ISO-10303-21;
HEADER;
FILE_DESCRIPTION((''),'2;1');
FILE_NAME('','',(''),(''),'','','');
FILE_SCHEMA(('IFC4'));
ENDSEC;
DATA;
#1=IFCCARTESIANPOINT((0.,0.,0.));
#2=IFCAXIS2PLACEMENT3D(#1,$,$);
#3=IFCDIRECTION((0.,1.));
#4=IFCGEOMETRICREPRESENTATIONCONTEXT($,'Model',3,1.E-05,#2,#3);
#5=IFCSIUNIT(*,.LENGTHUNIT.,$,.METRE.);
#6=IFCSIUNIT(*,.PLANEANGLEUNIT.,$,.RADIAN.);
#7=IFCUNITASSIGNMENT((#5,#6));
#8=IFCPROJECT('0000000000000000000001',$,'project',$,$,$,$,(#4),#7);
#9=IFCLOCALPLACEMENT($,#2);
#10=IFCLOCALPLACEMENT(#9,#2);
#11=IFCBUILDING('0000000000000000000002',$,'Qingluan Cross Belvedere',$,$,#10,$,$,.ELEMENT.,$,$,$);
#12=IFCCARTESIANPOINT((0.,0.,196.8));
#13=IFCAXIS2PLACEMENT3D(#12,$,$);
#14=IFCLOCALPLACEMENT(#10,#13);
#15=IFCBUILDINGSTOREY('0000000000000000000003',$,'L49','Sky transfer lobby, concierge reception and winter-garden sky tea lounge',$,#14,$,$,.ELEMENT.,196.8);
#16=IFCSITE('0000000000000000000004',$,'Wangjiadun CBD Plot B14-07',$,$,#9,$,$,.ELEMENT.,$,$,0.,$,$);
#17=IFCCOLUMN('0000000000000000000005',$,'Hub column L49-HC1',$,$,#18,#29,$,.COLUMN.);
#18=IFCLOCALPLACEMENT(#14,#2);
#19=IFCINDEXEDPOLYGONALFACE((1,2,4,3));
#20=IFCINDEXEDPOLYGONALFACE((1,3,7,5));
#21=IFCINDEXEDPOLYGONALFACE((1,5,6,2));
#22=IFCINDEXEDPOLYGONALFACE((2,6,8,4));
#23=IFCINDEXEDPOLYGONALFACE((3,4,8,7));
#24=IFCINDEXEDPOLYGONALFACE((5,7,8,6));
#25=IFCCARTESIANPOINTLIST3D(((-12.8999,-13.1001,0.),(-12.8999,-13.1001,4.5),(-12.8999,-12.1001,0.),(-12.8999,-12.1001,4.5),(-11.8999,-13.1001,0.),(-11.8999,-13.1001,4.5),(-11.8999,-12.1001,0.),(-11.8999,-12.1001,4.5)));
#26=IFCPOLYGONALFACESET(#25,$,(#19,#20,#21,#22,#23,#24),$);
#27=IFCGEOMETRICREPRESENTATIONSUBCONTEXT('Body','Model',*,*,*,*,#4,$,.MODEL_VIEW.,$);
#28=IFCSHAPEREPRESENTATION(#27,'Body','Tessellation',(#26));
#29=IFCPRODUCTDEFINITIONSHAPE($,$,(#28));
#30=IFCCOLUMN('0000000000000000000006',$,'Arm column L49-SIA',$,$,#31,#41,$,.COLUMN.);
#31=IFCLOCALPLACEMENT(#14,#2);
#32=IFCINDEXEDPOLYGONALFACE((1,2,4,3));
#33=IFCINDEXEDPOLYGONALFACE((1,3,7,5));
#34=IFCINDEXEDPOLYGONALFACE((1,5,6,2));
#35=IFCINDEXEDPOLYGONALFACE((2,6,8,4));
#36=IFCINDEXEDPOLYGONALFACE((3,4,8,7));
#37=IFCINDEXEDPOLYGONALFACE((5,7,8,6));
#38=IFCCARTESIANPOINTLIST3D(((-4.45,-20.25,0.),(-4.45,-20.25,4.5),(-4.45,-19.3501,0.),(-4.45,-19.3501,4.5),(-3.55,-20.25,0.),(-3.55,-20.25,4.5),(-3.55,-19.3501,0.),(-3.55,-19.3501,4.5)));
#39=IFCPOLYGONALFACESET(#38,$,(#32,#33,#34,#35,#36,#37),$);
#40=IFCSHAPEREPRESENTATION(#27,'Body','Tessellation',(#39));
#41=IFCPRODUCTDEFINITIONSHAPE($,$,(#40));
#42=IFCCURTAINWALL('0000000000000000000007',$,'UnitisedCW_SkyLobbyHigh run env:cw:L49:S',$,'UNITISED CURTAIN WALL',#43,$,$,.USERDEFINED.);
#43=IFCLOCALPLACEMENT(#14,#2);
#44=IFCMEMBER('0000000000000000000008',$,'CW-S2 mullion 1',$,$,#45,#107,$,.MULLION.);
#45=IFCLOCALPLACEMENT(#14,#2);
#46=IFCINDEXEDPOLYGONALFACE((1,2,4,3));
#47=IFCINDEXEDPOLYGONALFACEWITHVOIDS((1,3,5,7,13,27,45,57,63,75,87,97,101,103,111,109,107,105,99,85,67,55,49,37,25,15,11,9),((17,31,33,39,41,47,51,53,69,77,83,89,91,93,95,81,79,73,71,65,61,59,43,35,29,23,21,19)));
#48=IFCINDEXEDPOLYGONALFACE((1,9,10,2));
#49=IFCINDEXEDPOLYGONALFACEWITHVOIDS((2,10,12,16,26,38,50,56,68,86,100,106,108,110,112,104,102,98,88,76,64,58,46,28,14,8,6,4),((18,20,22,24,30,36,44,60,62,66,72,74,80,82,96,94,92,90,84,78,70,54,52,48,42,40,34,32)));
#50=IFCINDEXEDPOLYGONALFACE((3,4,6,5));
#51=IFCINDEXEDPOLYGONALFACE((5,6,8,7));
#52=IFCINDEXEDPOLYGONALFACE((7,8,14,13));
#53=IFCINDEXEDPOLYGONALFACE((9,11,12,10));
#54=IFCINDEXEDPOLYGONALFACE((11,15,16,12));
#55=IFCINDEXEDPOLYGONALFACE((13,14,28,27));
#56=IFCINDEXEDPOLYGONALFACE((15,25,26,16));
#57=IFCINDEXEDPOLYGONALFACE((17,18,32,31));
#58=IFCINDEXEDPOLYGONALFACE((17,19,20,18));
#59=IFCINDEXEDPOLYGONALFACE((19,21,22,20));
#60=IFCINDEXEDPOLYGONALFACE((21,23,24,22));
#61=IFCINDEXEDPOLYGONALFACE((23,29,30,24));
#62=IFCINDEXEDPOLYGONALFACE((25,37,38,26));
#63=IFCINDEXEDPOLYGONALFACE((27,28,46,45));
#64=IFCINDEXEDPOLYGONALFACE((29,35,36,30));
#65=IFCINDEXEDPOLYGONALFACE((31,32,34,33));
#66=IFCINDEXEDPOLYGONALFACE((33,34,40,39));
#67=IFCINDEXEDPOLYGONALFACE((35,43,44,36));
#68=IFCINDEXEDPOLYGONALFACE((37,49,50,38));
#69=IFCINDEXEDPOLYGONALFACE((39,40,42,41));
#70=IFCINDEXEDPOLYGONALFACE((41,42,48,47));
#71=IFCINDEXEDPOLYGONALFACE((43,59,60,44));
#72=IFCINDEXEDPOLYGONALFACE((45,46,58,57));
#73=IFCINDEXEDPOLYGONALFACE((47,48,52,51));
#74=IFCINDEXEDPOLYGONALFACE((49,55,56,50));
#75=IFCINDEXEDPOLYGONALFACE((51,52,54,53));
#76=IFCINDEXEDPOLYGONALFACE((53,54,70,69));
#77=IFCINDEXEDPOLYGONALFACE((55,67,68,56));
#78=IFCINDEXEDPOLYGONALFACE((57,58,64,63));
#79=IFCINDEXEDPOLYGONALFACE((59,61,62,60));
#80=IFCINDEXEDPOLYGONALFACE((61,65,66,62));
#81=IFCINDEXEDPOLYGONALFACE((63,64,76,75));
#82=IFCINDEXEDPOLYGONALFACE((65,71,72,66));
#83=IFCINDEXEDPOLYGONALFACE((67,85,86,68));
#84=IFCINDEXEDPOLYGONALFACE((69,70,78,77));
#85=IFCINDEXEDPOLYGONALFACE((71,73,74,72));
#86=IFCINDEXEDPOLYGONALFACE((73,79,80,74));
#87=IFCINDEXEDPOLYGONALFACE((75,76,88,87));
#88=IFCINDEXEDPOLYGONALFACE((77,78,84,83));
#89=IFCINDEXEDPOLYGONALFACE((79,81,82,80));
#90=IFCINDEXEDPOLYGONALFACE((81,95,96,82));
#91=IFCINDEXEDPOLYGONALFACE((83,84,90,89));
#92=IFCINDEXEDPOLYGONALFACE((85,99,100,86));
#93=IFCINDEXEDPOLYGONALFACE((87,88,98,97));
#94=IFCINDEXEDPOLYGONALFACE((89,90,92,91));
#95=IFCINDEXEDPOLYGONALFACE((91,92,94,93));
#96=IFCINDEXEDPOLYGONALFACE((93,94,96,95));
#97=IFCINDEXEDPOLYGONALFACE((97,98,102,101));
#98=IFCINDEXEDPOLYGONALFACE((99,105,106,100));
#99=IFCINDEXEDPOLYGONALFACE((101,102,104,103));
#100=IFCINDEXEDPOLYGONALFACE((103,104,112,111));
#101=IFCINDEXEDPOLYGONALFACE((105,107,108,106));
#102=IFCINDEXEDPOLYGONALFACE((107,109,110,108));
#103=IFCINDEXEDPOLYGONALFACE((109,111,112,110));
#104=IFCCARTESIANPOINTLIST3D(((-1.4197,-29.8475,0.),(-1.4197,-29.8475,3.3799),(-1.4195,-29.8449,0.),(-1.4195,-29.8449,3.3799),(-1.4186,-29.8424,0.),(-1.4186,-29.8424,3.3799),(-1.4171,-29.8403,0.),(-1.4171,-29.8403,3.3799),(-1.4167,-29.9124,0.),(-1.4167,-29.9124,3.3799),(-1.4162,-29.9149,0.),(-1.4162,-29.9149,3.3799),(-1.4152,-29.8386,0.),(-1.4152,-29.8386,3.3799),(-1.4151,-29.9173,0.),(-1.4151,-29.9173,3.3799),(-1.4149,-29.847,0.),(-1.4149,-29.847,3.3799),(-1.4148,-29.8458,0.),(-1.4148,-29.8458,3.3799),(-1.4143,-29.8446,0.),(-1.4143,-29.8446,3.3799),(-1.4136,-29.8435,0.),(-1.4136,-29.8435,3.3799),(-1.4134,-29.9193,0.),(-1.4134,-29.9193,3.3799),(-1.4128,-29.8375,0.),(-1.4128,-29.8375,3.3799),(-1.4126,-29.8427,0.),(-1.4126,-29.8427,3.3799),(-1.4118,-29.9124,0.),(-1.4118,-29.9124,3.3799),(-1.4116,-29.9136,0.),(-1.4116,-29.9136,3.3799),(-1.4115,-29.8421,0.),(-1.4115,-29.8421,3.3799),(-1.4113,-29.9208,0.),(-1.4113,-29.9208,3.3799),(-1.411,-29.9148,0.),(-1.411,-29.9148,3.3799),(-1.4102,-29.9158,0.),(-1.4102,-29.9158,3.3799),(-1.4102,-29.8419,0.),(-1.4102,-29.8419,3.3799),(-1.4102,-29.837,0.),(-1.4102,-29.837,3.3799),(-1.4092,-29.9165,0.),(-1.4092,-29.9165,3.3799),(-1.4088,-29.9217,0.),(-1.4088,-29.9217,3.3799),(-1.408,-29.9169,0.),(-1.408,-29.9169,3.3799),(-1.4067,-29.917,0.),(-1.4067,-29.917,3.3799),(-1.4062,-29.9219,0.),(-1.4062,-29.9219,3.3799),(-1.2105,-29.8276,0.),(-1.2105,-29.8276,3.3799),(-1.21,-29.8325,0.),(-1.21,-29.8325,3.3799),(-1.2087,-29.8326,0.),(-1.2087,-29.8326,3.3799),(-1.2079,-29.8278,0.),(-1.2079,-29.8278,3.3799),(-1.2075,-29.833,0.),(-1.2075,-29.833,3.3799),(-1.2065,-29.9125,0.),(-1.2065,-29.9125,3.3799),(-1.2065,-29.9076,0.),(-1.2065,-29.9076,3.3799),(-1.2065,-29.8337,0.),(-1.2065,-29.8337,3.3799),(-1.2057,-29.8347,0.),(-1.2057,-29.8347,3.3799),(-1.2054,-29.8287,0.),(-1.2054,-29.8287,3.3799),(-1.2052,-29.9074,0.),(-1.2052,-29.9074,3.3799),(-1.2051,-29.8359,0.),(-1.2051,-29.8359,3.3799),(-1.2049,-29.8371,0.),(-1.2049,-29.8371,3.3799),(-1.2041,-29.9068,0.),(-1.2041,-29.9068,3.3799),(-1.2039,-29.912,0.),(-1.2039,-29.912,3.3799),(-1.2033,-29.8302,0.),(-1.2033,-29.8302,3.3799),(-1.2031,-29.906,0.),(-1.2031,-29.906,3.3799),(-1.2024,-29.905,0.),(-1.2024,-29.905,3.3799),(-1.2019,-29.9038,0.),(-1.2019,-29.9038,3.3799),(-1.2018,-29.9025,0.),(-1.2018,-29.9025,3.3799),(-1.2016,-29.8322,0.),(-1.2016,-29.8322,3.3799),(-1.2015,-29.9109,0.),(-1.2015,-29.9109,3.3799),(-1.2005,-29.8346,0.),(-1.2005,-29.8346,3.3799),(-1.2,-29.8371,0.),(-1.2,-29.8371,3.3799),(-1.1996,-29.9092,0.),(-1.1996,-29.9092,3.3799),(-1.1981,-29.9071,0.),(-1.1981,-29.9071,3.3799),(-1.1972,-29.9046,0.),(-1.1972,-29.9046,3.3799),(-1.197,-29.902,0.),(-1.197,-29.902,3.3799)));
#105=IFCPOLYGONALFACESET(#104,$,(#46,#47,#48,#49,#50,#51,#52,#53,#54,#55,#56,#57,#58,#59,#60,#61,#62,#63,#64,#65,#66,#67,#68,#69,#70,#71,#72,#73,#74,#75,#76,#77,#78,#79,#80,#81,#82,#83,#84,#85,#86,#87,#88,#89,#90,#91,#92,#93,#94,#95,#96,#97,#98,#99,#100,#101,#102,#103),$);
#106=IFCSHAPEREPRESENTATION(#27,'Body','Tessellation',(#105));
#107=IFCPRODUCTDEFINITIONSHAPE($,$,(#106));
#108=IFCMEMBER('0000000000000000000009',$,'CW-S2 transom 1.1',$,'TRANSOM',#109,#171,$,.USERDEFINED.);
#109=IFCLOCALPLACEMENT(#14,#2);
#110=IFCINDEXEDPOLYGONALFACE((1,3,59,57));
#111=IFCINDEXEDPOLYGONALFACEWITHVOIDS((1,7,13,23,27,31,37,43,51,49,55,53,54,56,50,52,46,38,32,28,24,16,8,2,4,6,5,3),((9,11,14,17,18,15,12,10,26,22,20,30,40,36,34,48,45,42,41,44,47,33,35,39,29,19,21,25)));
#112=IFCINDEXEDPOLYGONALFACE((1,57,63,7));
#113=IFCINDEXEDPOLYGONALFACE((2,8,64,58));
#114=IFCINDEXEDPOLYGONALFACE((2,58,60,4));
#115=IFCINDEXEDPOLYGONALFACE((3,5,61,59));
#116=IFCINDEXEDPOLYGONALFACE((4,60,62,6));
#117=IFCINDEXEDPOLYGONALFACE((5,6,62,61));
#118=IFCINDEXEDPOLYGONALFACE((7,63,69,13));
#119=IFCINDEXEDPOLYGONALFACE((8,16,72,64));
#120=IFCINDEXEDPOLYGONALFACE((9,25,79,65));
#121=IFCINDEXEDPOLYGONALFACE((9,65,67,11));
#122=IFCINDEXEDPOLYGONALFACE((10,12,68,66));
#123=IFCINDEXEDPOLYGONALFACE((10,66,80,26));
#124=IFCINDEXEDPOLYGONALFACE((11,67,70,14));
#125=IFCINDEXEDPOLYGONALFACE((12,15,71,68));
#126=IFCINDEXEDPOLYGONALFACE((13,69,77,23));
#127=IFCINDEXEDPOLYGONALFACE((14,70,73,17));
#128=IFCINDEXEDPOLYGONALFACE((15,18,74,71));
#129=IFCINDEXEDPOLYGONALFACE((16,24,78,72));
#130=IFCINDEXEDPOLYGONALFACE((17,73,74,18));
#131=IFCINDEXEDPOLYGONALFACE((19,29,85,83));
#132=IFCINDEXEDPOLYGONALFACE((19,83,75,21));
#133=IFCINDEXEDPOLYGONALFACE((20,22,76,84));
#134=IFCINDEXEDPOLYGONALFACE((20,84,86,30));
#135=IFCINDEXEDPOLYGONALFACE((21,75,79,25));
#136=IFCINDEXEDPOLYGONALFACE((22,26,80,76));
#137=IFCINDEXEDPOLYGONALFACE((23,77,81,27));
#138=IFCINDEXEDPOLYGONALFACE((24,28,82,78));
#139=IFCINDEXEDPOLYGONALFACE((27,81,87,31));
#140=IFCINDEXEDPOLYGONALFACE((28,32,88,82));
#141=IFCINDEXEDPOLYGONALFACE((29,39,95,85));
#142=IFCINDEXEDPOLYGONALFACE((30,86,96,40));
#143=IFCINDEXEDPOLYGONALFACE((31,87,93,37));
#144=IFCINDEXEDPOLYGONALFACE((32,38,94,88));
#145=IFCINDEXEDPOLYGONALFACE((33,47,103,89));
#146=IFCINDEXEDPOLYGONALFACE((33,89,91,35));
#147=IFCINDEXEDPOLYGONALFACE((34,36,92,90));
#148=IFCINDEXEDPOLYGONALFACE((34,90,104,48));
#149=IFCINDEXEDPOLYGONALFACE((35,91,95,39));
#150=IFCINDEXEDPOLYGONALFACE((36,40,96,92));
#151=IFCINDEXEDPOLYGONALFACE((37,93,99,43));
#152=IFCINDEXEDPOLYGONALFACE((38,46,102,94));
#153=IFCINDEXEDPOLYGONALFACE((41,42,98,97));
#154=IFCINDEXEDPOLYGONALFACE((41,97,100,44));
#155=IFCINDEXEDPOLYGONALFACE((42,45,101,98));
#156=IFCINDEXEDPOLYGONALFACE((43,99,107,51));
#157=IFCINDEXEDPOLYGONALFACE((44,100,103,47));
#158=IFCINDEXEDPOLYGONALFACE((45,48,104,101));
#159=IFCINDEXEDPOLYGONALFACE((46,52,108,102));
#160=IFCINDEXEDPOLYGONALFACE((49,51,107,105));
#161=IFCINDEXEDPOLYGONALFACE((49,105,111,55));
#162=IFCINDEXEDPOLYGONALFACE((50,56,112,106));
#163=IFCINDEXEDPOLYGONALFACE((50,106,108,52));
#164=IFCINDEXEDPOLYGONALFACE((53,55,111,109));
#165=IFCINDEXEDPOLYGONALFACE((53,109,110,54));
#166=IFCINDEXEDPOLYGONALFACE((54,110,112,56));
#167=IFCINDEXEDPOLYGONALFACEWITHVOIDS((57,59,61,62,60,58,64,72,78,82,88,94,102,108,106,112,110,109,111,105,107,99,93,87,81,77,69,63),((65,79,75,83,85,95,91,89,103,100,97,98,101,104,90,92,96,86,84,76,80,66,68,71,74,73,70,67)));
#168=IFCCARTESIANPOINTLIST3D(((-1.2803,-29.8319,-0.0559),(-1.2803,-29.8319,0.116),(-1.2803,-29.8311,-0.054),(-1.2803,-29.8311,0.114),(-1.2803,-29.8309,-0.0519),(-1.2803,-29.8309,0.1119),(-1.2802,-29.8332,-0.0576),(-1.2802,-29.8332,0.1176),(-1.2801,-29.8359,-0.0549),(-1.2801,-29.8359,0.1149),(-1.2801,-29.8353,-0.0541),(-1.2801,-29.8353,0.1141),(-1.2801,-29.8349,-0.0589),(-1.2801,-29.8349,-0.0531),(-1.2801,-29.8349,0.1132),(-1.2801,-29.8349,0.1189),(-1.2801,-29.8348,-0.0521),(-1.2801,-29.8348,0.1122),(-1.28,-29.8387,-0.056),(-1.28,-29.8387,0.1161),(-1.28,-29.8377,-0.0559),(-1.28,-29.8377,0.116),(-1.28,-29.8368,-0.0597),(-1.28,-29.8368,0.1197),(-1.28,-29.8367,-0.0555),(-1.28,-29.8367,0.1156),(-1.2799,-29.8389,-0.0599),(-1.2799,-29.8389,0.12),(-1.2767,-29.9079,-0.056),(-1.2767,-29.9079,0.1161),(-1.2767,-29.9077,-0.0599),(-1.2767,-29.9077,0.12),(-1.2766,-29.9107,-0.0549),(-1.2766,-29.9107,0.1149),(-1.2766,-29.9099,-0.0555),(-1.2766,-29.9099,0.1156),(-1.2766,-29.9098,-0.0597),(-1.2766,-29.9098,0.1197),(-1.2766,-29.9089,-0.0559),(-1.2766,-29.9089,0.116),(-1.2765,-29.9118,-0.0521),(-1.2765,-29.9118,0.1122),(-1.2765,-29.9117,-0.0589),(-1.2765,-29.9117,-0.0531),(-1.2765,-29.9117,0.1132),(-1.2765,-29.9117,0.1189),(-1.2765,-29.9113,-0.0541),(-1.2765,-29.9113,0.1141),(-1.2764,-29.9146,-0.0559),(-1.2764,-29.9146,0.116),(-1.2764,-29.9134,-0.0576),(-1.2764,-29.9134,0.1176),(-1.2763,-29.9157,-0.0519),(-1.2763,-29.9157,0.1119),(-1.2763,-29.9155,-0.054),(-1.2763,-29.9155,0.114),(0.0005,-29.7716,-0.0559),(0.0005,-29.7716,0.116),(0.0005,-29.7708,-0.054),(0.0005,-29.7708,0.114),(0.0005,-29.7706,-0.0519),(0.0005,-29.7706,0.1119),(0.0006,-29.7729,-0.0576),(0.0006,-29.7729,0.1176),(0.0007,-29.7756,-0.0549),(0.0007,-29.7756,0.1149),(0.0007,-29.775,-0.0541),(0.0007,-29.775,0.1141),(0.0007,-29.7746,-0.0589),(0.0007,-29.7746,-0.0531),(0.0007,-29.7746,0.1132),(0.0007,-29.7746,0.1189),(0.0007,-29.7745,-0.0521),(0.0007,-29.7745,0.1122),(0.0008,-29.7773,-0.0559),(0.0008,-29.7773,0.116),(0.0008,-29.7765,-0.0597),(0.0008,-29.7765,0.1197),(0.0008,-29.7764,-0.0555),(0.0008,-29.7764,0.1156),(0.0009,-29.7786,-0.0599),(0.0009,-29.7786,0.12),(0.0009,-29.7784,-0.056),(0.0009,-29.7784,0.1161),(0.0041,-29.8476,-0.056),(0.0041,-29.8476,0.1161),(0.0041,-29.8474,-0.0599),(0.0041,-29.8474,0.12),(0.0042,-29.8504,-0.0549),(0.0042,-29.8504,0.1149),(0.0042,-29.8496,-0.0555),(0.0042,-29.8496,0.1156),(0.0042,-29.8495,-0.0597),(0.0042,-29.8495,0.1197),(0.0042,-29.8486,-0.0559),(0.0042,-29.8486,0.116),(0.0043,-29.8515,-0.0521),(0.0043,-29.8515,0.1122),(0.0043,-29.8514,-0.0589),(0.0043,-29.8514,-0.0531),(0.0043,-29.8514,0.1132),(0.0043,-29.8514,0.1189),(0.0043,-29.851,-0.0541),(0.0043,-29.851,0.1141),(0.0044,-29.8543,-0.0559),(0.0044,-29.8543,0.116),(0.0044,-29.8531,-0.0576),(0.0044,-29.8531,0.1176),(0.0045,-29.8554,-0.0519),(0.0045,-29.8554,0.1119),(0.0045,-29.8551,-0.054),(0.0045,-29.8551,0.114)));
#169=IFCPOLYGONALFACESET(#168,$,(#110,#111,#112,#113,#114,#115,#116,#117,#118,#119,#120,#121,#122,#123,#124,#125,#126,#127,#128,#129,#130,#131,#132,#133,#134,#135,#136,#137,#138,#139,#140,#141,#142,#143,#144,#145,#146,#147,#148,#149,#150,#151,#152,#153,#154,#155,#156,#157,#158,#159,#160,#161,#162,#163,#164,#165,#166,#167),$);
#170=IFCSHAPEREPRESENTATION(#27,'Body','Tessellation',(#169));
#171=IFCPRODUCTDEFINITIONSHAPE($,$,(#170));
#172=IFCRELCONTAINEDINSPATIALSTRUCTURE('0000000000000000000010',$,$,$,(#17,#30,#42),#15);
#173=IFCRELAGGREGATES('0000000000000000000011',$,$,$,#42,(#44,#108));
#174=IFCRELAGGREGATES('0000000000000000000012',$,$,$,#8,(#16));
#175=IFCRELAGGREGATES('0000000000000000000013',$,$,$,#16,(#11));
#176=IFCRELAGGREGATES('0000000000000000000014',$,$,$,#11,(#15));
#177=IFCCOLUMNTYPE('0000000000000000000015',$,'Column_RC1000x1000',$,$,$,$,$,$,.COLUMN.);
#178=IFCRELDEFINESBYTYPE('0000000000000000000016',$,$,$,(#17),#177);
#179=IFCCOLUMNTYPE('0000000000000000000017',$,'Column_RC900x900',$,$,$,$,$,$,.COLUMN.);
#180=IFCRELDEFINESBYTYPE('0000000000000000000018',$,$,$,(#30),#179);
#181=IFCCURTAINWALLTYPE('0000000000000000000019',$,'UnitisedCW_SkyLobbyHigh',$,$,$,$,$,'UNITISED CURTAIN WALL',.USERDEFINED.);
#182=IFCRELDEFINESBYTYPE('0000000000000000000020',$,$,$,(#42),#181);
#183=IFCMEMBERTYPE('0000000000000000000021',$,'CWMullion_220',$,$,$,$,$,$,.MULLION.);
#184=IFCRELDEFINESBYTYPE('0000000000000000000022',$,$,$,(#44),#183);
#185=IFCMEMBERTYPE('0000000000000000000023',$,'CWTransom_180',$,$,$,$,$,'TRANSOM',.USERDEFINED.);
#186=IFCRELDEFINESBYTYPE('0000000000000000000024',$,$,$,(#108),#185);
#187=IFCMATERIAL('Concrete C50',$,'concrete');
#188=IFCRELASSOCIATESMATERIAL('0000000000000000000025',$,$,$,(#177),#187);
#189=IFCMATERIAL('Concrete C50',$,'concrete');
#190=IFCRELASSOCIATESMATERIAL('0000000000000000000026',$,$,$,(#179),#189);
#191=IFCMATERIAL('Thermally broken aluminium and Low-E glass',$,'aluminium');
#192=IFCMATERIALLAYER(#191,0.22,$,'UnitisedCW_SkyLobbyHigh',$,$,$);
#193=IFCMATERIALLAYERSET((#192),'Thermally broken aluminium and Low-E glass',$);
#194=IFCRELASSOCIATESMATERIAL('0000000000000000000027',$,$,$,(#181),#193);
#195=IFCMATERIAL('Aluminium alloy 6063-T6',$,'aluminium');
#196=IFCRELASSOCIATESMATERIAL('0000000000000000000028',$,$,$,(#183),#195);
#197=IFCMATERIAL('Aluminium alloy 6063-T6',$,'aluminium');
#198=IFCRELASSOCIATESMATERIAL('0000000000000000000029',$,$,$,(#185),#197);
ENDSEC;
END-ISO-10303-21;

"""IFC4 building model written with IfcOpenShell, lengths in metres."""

from ifc_helpers import new_model, si_unit, direction, frame, origin, origin_2d, place, context, subcontext, project, spatial, rectangle, hollow_rectangle, extrude, material, layer, layer_set, material_profile, profile_set, type_object, element, aggregate, save


model = new_model("IFC4")

# Units and contexts
model_context = context("Model", 3, precision=1e-05, world=origin(), true_north=direction((0.0, 1.0)))
body_context = subcontext(model_context, "Body", "Model", "MODEL_VIEW")
ifc_project = project(units=[si_unit("LENGTHUNIT", "METRE"), si_unit("PLANEANGLEUNIT", "RADIAN")], contexts=[model_context])

# Site, building, storey
site_placement = place(None, origin())
site = spatial("IfcSite", under=ifc_project, at=site_placement, Name="Wangjiadun CBD Plot B14-07", CompositionType="ELEMENT", RefElevation=0.0)
building_placement = place(site_placement, origin())
building = spatial("IfcBuilding", under=site, at=building_placement, Name="Qingluan Cross Belvedere", CompositionType="ELEMENT")
storey_placement = place(building_placement, frame((0.0, 0.0, 196.8)))
storey = spatial("IfcBuildingStorey", under=building, at=storey_placement, Name="L49", Description="Sky transfer lobby, concierge reception and winter-garden sky tea lounge", CompositionType="ELEMENT", Elevation=196.8)

# Columns
ifc_material_1 = material(Name="Concrete C50", Category="concrete")
ifc_material_profile_1 = material_profile(ifc_material_1, rectangle(XDim=1.0, YDim=1.0, at=origin_2d()), Name="RC1000x1000")
ifc_profile_set_1 = profile_set([ifc_material_profile_1], Name="Concrete C50")
column_type_1 = type_object("IfcColumnType", Name="Column_RC1000x1000", PredefinedType="COLUMN", material=ifc_profile_set_1)
column_1_placement = place(storey_placement, frame((-12.3999, -12.6001, 0.0), z_axis=(0.0, 0.0, 1.0), x_axis=(1.0, 0.0, 0.0)))
element("IfcColumn", 1, at=column_1_placement, inside=storey, type_object=column_type_1, Name="Hub column L49-HC1", PredefinedType="COLUMN", context=body_context, shape_type="SweptSolid", body=[
    extrude(rectangle(XDim=1.0, YDim=1.0, at=origin_2d()), origin(), (0.0, 0.0, 1.0), 4.5),
])
ifc_material_2 = material(Name="Concrete C50", Category="concrete")
ifc_material_profile_2 = material_profile(ifc_material_2, rectangle(XDim=0.8999, YDim=0.8999, at=origin_2d()), Name="RC900x900")
ifc_profile_set_2 = profile_set([ifc_material_profile_2], Name="Concrete C50")
column_type_2 = type_object("IfcColumnType", Name="Column_RC900x900", PredefinedType="COLUMN", material=ifc_profile_set_2)
column_2_placement = place(storey_placement, frame((-4.0, -19.8, 0.0), z_axis=(0.0, 0.0, 1.0), x_axis=(1.0, 0.0, 0.0)))
element("IfcColumn", 2, at=column_2_placement, inside=storey, type_object=column_type_2, Name="Arm column L49-SIA", PredefinedType="COLUMN", context=body_context, shape_type="SweptSolid", body=[
    extrude(rectangle(XDim=0.8999, YDim=0.8999, at=origin_2d()), origin(), (0.0, 0.0, 1.0), 4.5),
])

# Curtain wall, members
ifc_material_3 = material(Name="Thermally broken aluminium and Low-E glass", Category="aluminium")
ifc_layer_1 = layer(ifc_material_3, 0.22, Name="UnitisedCW_SkyLobbyHigh")
ifc_layer_set_1 = layer_set([ifc_layer_1], Name="Thermally broken aluminium and Low-E glass")
curtain_wall_type = type_object("IfcCurtainWallType", Name="UnitisedCW_SkyLobbyHigh", ElementType="UNITISED CURTAIN WALL", PredefinedType="USERDEFINED", material=ifc_layer_set_1)
curtain_wall_placement = place(storey_placement, origin())
curtain_wall = element("IfcCurtainWall", 3, at=curtain_wall_placement, inside=storey, type_object=curtain_wall_type, Name="UnitisedCW_SkyLobbyHigh run env:cw:L49:S", ObjectType="UNITISED CURTAIN WALL", PredefinedType="USERDEFINED")
ifc_material_4 = material(Name="Aluminium alloy 6063-T6", Category="aluminium")
ifc_material_profile_3 = material_profile(ifc_material_4, hollow_rectangle(XDim=0.085, YDim=0.22, WallThickness=0.0049, InnerFilletRadius=0.0049, OuterFilletRadius=0.01, at=origin_2d()), Name="CWM220x85x5")
ifc_profile_set_3 = profile_set([ifc_material_profile_3], Name="Aluminium alloy 6063-T6")
member_type_1 = type_object("IfcMemberType", Name="CWMullion_220", PredefinedType="MULLION", material=ifc_profile_set_3)
member_1_placement = place(storey_placement, frame((-1.3083, -29.8748, 0.0), z_axis=(0.0, 0.0, 1.0), x_axis=(-0.047102, 0.99889, 0.0)))
member_1 = element("IfcMember", 4, at=member_1_placement, type_object=member_type_1, Name="CW-S2 mullion 1", PredefinedType="MULLION", context=body_context, shape_type="SweptSolid", body=[
    extrude(hollow_rectangle(XDim=0.085, YDim=0.22, WallThickness=0.0049, InnerFilletRadius=0.0049, OuterFilletRadius=0.01, at=origin_2d()), origin(), (0.0, 0.0, 1.0), 3.3799),
])
ifc_material_5 = material(Name="Aluminium alloy 6063-T6", Category="aluminium")
ifc_material_profile_4 = material_profile(ifc_material_5, hollow_rectangle(XDim=0.085, YDim=0.1799, WallThickness=0.0039, InnerFilletRadius=0.0039, OuterFilletRadius=0.0081, at=origin_2d()), Name="CWT180x85x4")
ifc_profile_set_4 = profile_set([ifc_material_profile_4], Name="Aluminium alloy 6063-T6")
member_type_2 = type_object("IfcMemberType", Name="CWTransom_180", ElementType="TRANSOM", PredefinedType="USERDEFINED", material=ifc_profile_set_4)
member_2_placement = place(storey_placement, frame((-1.2783, -29.8733, 0.03), z_axis=(0.998893, 0.047031, 0.0), x_axis=(-0.047031, 0.998893, 0.0)))
member_2 = element("IfcMember", 5, at=member_2_placement, type_object=member_type_2, Name="CW-S2 transom 1.1", ObjectType="TRANSOM", PredefinedType="USERDEFINED", context=body_context, shape_type="SweptSolid", body=[
    extrude(hollow_rectangle(XDim=0.085, YDim=0.1799, WallThickness=0.0039, InnerFilletRadius=0.0039, OuterFilletRadius=0.0081, at=origin_2d()), origin(), (0.0, 0.0, 1.0), 1.2822),
])

aggregate(curtain_wall, [member_1, member_2])

save(model, "model.ifc")
